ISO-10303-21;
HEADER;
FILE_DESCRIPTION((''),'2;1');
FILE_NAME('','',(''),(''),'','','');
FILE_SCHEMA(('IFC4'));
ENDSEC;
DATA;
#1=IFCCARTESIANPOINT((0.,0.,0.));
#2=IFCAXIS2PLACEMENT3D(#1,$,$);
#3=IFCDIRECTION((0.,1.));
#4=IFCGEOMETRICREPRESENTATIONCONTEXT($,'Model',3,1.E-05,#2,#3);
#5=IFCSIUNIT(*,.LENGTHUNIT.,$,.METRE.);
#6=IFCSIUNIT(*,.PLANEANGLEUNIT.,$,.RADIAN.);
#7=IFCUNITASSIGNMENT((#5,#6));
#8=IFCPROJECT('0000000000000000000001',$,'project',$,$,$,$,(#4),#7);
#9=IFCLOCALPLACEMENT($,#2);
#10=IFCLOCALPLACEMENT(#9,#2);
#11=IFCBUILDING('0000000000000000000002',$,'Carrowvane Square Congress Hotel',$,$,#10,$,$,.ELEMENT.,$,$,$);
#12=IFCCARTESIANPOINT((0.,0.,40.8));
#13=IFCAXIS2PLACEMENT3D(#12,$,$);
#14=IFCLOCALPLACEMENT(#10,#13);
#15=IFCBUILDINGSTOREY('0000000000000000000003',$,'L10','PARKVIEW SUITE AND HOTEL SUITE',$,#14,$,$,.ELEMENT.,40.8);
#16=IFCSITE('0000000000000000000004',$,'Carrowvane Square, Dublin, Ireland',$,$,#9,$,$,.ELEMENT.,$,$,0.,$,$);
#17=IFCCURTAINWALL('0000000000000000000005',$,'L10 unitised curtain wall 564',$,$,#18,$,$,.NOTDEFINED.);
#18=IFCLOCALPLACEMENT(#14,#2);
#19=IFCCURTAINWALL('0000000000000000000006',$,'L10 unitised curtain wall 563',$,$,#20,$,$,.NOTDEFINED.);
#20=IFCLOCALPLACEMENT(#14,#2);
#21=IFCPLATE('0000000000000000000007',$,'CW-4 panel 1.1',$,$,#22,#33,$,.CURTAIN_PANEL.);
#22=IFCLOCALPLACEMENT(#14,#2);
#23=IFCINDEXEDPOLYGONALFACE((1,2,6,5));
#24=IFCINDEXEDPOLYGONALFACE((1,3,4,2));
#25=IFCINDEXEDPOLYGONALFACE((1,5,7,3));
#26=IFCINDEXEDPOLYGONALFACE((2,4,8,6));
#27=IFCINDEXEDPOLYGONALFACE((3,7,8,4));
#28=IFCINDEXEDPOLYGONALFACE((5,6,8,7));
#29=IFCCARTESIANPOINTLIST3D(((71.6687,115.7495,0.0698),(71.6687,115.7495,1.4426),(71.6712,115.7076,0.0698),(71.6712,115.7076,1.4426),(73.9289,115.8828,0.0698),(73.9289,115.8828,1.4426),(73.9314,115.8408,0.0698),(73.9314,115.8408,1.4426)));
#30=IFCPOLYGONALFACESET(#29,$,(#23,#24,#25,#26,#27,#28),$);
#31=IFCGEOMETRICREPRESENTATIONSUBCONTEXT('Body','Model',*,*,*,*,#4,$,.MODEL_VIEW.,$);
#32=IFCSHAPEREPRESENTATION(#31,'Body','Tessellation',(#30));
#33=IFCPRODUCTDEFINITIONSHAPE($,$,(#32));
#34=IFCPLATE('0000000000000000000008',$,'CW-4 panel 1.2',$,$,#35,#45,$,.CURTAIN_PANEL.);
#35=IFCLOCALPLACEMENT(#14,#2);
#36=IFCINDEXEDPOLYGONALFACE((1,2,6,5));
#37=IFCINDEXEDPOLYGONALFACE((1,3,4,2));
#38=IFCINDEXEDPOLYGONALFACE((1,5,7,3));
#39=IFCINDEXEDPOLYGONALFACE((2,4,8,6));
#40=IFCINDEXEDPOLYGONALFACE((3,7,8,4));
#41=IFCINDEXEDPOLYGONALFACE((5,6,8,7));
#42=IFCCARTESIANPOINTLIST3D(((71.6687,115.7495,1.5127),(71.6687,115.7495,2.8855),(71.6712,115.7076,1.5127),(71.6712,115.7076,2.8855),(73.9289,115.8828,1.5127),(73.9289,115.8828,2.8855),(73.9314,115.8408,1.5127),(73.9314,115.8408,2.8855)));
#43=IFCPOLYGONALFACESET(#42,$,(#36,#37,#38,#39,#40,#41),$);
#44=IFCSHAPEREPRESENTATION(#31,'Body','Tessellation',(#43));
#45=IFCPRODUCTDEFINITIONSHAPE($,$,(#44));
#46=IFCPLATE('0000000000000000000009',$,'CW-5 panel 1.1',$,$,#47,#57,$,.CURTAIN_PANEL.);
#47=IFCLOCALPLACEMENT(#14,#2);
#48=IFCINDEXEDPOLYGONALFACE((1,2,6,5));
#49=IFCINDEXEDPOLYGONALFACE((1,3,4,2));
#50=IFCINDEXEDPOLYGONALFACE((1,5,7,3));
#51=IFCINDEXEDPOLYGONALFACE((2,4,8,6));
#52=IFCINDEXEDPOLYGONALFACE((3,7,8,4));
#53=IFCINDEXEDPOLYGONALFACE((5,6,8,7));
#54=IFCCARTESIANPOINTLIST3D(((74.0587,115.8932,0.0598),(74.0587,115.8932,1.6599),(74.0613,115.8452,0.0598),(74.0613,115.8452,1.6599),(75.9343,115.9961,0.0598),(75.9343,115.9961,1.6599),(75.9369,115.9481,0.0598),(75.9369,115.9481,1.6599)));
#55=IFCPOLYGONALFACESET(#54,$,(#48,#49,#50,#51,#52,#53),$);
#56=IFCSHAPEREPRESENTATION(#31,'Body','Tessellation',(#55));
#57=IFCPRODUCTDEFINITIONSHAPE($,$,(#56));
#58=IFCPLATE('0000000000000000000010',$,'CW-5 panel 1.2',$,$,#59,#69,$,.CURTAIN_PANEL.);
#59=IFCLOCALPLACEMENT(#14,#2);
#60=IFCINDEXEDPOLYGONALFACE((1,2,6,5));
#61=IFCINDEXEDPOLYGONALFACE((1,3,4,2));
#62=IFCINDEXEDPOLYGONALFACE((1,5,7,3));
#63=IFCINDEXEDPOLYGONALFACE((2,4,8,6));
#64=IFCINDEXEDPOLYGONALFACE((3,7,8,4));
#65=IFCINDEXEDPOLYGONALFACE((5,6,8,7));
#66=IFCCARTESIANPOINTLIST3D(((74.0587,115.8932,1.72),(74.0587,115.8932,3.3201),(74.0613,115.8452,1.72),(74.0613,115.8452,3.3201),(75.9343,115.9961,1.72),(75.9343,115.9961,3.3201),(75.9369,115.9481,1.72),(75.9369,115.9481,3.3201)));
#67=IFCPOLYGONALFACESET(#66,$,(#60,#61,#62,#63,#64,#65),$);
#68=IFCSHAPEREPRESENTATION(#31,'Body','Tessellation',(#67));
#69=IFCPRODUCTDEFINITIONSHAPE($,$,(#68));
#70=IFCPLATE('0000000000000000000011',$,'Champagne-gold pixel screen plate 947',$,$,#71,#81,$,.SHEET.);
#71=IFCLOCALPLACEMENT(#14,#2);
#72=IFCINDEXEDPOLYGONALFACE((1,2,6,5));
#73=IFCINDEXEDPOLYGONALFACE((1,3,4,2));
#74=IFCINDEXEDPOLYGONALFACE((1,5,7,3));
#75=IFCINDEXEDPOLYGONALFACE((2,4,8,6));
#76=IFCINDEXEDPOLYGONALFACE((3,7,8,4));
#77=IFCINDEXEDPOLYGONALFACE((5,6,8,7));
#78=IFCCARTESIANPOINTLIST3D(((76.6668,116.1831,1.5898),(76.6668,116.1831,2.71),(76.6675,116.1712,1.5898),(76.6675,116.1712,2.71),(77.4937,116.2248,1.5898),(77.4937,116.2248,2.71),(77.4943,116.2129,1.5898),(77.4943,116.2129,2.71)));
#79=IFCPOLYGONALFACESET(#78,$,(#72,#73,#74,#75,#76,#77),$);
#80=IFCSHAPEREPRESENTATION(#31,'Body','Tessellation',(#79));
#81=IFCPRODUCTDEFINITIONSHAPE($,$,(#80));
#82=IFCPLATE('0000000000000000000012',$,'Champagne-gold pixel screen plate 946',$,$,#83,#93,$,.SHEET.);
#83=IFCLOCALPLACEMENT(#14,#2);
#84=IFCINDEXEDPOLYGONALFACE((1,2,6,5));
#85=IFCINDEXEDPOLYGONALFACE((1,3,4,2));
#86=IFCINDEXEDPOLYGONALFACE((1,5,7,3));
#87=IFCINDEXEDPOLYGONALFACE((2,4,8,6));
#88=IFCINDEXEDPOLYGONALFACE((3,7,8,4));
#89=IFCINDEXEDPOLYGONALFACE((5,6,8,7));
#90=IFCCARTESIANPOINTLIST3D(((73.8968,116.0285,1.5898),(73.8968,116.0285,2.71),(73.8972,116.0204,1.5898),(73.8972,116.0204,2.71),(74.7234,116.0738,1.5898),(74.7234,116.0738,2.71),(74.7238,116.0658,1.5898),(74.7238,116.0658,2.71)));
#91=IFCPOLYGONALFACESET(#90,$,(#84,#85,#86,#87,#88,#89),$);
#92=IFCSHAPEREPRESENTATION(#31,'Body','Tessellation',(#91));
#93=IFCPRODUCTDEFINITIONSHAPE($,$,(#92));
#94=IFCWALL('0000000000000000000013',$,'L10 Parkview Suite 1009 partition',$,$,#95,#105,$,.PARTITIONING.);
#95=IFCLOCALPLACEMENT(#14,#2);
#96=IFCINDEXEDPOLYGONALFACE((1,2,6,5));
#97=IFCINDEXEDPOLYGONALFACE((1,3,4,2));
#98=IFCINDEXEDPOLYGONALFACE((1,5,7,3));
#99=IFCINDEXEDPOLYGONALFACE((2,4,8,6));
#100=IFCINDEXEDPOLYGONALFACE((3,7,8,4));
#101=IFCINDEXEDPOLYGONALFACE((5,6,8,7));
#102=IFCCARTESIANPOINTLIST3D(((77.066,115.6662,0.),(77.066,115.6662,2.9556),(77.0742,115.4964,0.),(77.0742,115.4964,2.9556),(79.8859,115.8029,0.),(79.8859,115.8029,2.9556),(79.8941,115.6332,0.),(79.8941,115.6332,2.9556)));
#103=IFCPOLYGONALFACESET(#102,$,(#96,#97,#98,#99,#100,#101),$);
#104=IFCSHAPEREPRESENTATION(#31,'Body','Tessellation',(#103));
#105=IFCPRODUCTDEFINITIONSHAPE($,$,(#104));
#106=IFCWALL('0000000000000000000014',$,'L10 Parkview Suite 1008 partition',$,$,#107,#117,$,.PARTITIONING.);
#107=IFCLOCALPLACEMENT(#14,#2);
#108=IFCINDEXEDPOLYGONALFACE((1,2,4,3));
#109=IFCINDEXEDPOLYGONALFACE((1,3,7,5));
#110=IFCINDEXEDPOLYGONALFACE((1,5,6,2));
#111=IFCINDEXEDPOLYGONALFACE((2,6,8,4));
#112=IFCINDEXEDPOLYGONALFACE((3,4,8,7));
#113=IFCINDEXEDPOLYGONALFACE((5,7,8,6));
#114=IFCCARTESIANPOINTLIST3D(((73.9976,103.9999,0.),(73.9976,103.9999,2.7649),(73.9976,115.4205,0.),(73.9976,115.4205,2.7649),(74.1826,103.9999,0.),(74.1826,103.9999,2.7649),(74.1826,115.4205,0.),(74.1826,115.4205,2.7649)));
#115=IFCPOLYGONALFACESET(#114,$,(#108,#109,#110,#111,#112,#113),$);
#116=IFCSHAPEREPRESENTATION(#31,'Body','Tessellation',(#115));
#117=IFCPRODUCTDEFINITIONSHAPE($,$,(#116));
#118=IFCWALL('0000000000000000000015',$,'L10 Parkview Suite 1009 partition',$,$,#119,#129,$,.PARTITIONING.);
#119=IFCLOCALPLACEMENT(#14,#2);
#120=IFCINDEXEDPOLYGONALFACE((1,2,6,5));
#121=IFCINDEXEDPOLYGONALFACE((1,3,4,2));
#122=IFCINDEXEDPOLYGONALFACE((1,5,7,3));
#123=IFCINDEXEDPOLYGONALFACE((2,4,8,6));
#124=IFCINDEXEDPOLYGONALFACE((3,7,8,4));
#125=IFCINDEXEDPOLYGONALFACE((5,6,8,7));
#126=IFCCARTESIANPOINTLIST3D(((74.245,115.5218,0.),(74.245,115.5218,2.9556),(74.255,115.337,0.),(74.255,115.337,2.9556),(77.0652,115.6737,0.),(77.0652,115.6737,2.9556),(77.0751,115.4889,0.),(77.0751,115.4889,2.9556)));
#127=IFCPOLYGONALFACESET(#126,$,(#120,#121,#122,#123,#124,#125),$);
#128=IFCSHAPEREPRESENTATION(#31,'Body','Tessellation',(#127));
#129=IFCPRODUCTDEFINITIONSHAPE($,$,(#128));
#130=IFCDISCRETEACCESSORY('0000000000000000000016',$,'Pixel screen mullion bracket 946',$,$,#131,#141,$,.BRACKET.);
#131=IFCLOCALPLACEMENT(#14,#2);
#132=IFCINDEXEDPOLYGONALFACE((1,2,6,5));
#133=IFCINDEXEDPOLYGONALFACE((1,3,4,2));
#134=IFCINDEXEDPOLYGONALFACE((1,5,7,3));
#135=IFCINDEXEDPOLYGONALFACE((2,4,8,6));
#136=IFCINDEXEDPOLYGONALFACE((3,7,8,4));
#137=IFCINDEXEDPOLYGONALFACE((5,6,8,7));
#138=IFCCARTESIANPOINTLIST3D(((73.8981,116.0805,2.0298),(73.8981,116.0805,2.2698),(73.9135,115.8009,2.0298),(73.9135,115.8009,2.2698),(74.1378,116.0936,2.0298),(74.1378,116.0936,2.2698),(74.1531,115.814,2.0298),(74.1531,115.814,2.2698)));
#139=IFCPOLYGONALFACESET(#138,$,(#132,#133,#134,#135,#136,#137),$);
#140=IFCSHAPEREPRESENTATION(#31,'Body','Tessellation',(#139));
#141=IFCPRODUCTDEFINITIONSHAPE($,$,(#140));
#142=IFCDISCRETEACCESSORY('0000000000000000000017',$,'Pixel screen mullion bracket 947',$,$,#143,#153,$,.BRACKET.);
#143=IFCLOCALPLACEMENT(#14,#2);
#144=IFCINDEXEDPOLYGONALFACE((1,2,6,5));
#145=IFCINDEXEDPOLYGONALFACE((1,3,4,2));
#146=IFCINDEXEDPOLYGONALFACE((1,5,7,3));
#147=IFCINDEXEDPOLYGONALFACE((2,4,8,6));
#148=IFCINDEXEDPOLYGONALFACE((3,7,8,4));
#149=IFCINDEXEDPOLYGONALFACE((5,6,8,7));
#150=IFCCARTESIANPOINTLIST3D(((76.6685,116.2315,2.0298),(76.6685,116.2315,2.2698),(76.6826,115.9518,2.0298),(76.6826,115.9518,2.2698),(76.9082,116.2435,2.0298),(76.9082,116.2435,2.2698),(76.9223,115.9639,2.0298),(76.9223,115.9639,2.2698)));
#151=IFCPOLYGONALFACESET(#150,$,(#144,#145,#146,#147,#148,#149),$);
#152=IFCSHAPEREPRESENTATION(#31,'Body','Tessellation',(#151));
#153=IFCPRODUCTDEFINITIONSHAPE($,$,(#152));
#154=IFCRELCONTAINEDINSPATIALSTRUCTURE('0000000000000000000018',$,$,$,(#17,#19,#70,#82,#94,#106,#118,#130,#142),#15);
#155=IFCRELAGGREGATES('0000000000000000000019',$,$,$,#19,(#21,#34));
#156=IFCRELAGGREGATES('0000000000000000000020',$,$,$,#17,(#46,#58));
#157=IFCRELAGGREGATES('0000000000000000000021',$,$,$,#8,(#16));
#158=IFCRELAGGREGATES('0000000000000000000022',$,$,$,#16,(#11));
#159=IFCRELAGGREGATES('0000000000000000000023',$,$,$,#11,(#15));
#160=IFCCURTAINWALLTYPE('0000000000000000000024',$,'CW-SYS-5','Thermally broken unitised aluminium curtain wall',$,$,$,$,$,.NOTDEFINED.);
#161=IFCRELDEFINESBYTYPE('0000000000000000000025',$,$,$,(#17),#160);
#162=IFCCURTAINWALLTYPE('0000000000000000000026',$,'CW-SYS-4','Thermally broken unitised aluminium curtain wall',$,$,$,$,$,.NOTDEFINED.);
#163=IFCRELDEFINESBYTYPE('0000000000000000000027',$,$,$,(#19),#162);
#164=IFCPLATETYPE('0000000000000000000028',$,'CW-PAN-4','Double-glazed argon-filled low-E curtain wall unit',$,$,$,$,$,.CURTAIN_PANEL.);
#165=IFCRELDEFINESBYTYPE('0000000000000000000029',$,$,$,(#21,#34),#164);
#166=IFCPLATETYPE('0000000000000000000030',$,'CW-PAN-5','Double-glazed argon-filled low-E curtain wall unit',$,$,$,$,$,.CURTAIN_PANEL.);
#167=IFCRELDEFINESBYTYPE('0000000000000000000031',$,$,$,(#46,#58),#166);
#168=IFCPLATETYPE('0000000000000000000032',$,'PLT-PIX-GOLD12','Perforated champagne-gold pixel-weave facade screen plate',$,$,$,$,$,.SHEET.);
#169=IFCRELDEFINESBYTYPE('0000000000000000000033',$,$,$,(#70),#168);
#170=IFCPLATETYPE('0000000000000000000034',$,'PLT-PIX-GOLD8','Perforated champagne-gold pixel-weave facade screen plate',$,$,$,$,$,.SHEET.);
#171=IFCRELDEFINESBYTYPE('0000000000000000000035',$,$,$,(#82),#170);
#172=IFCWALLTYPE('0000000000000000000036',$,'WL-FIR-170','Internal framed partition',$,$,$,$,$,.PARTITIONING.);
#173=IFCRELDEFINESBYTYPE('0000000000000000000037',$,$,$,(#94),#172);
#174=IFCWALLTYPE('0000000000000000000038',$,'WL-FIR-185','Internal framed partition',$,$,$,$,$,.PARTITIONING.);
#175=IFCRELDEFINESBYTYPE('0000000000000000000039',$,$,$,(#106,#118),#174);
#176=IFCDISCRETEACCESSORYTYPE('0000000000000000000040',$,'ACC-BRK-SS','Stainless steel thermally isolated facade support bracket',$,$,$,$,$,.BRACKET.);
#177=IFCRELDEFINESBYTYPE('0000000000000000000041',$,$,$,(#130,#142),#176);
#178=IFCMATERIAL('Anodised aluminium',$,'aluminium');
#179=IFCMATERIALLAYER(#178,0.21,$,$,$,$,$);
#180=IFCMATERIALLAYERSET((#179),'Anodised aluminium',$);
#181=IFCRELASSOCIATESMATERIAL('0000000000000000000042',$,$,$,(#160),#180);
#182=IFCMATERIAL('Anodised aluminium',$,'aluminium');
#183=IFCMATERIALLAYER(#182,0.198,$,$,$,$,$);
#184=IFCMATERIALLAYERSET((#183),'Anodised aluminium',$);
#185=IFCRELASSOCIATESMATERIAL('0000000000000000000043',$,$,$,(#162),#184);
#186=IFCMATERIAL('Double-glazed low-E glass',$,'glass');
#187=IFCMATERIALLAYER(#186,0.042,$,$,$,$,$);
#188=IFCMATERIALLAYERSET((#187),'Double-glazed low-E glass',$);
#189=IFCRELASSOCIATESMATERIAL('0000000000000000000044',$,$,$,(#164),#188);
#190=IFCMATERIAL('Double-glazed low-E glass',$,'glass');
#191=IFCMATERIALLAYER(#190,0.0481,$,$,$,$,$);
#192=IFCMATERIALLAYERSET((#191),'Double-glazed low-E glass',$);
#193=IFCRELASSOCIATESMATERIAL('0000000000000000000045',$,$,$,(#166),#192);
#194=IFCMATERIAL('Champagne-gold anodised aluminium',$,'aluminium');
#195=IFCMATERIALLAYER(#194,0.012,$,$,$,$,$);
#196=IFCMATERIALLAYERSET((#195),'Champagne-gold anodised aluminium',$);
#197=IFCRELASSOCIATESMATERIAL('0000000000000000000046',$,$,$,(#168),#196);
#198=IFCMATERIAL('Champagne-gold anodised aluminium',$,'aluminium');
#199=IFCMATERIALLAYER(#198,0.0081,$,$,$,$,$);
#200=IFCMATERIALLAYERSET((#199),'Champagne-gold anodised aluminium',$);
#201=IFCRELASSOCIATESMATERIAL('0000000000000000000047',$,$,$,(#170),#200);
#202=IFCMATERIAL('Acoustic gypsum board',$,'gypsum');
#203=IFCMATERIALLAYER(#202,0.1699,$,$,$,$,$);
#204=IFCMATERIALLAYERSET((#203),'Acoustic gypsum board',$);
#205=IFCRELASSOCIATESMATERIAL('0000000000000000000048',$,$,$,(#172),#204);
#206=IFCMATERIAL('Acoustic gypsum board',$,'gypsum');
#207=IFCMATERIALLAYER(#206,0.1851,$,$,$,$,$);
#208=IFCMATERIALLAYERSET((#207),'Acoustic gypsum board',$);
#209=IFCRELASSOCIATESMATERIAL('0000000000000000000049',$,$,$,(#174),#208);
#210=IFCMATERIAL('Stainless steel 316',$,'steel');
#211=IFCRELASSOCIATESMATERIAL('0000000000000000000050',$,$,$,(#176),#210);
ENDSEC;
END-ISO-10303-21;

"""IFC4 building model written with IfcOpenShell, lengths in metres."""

from ifc_helpers import new_model, si_unit, direction, frame, frame_2d, origin, origin_2d, place, context, subcontext, project, spatial, rectangle, extrude, material, layer, layer_set, type_object, element, aggregate, save


model = new_model("IFC4")

# Units and contexts
model_context = context("Model", 3, precision=1e-05, world=origin(), true_north=direction((0.0, 1.0)))
body_context = subcontext(model_context, "Body", "Model", "MODEL_VIEW")
ifc_project = project(units=[si_unit("LENGTHUNIT", "METRE"), si_unit("PLANEANGLEUNIT", "RADIAN")], contexts=[model_context])

# Site, building, storey
site_placement = place(None, origin())
site = spatial("IfcSite", under=ifc_project, at=site_placement, Name="Carrowvane Square, Dublin, Ireland", CompositionType="ELEMENT", RefElevation=0.0)
building_placement = place(site_placement, origin())
building = spatial("IfcBuilding", under=site, at=building_placement, Name="Carrowvane Square Congress Hotel", CompositionType="ELEMENT")
storey_placement = place(building_placement, frame((0.0, 0.0, 40.8)))
storey = spatial("IfcBuildingStorey", under=building, at=storey_placement, Name="L10", Description="PARKVIEW SUITE AND HOTEL SUITE", CompositionType="ELEMENT", Elevation=40.8)

# Curtain wall
ifc_material_1 = material(Name="Anodised aluminium", Category="aluminium")
ifc_layer_1 = layer(ifc_material_1, 0.21)
ifc_layer_set_1 = layer_set([ifc_layer_1], Name="Anodised aluminium")
curtain_wall_type_1 = type_object("IfcCurtainWallType", Name="CW-SYS-5", Description="Thermally broken unitised aluminium curtain wall", PredefinedType="NOTDEFINED", material=ifc_layer_set_1)
curtain_wall_1_placement = place(storey_placement, origin())
curtain_wall_1 = element("IfcCurtainWall", 1, at=curtain_wall_1_placement, inside=storey, type_object=curtain_wall_type_1, Name="L10 unitised curtain wall 564", PredefinedType="NOTDEFINED")

# Curtain wall
ifc_material_2 = material(Name="Anodised aluminium", Category="aluminium")
ifc_layer_2 = layer(ifc_material_2, 0.198)
ifc_layer_set_2 = layer_set([ifc_layer_2], Name="Anodised aluminium")
curtain_wall_type_2 = type_object("IfcCurtainWallType", Name="CW-SYS-4", Description="Thermally broken unitised aluminium curtain wall", PredefinedType="NOTDEFINED", material=ifc_layer_set_2)
curtain_wall_2_placement = place(storey_placement, origin())
curtain_wall_2 = element("IfcCurtainWall", 2, at=curtain_wall_2_placement, inside=storey, type_object=curtain_wall_type_2, Name="L10 unitised curtain wall 563", PredefinedType="NOTDEFINED")

# Plates
ifc_material_3 = material(Name="Double-glazed low-E glass", Category="glass")
ifc_layer_3 = layer(ifc_material_3, 0.042)
ifc_layer_set_3 = layer_set([ifc_layer_3], Name="Double-glazed low-E glass")
plate_type_1 = type_object("IfcPlateType", Name="CW-PAN-4", Description="Double-glazed argon-filled low-E curtain wall unit", PredefinedType="CURTAIN_PANEL", material=ifc_layer_set_3)
plate_1_placement = place(storey_placement, frame((72.8, 115.7952, 0.0698), z_axis=(0.0, 0.0, 1.0), x_axis=(0.998267, 0.058851, 0.0)))
plate_1 = element("IfcPlate", 3, at=plate_1_placement, type_object=plate_type_1, Name="CW-4 panel 1.1", PredefinedType="CURTAIN_PANEL", context=body_context, shape_type="SweptSolid", body=[
    extrude(rectangle(XDim=2.2642, YDim=0.042, at=origin_2d()), origin(), (0.0, 0.0, 1.0), 1.3728),
])
plate_2_placement = place(storey_placement, frame((72.8, 115.7952, 1.5127), z_axis=(0.0, 0.0, 1.0), x_axis=(0.998267, 0.058851, 0.0)))
plate_2 = element("IfcPlate", 4, at=plate_2_placement, type_object=plate_type_1, Name="CW-4 panel 1.2", PredefinedType="CURTAIN_PANEL", context=body_context, shape_type="SweptSolid", body=[
    extrude(rectangle(XDim=2.2642, YDim=0.042, at=origin_2d()), origin(), (0.0, 0.0, 1.0), 1.3728),
])
aggregate(curtain_wall_2, [plate_1, plate_2])
ifc_material_4 = material(Name="Double-glazed low-E glass", Category="glass")
ifc_layer_4 = layer(ifc_material_4, 0.0481)
ifc_layer_set_4 = layer_set([ifc_layer_4], Name="Double-glazed low-E glass")
plate_type_2 = type_object("IfcPlateType", Name="CW-PAN-5", Description="Double-glazed argon-filled low-E curtain wall unit", PredefinedType="CURTAIN_PANEL", material=ifc_layer_set_4)
plate_3_placement = place(storey_placement, frame((74.9978, 115.9207, 0.0598), z_axis=(0.0, 0.0, 1.0), x_axis=(0.998496, 0.054816, 0.0)))
plate_3 = element("IfcPlate", 5, at=plate_3_placement, type_object=plate_type_2, Name="CW-5 panel 1.1", PredefinedType="CURTAIN_PANEL", context=body_context, shape_type="SweptSolid", body=[
    extrude(rectangle(XDim=1.8784, YDim=0.0481, at=origin_2d()), origin(), (0.0, 0.0, 1.0), 1.6001),
])
plate_4_placement = place(storey_placement, frame((74.9978, 115.9207, 1.72), z_axis=(0.0, 0.0, 1.0), x_axis=(0.998496, 0.054816, 0.0)))
plate_4 = element("IfcPlate", 6, at=plate_4_placement, type_object=plate_type_2, Name="CW-5 panel 1.2", PredefinedType="CURTAIN_PANEL", context=body_context, shape_type="SweptSolid", body=[
    extrude(rectangle(XDim=1.8784, YDim=0.0481, at=origin_2d()), origin(), (0.0, 0.0, 1.0), 1.6001),
])
aggregate(curtain_wall_1, [plate_3, plate_4])

# Plates
ifc_material_5 = material(Name="Champagne-gold anodised aluminium", Category="aluminium")
ifc_layer_5 = layer(ifc_material_5, 0.012)
ifc_layer_set_5 = layer_set([ifc_layer_5], Name="Champagne-gold anodised aluminium")
plate_type_3 = type_object("IfcPlateType", Name="PLT-PIX-GOLD12", Description="Perforated champagne-gold pixel-weave facade screen plate", PredefinedType="SHEET", material=ifc_layer_set_5)
plate_5_placement = place(storey_placement, frame((77.0806, 116.198, 1.5898), z_axis=(0.0, 0.0, 1.0), x_axis=(0.998733, 0.050322, 0.0)))
element("IfcPlate", 7, at=plate_5_placement, inside=storey, type_object=plate_type_3, Name="Champagne-gold pixel screen plate 947", PredefinedType="SHEET", context=body_context, shape_type="SweptSolid", body=[
    extrude(rectangle(XDim=0.8279, YDim=0.012, at=origin_2d()), origin(), (0.0, 0.0, 1.0), 1.1201),
])
ifc_material_6 = material(Name="Champagne-gold anodised aluminium", Category="aluminium")
ifc_layer_6 = layer(ifc_material_6, 0.0081)
ifc_layer_set_6 = layer_set([ifc_layer_6], Name="Champagne-gold anodised aluminium")
plate_type_4 = type_object("IfcPlateType", Name="PLT-PIX-GOLD8", Description="Perforated champagne-gold pixel-weave facade screen plate", PredefinedType="SHEET", material=ifc_layer_set_6)
plate_6_placement = place(storey_placement, frame((74.3103, 116.0471, 1.5898), z_axis=(0.0, 0.0, 1.0), x_axis=(0.998497, 0.054815, 0.0)))
element("IfcPlate", 8, at=plate_6_placement, inside=storey, type_object=plate_type_4, Name="Champagne-gold pixel screen plate 946", PredefinedType="SHEET", context=body_context, shape_type="SweptSolid", body=[
    extrude(rectangle(XDim=0.8279, YDim=0.0081, at=origin_2d()), origin(), (0.0, 0.0, 1.0), 1.1201),
])

# Walls
ifc_material_7 = material(Name="Acoustic gypsum board", Category="gypsum")
ifc_layer_7 = layer(ifc_material_7, 0.1699)
ifc_layer_set_7 = layer_set([ifc_layer_7], Name="Acoustic gypsum board")
wall_type_1 = type_object("IfcWallType", Name="WL-FIR-170", Description="Internal framed partition", PredefinedType="PARTITIONING", material=ifc_layer_set_7)
wall_1_placement = place(storey_placement, frame((77.0701, 115.5813, 0.0), z_axis=(0.0, 0.0, 1.0), x_axis=(0.998827, 0.048428, 0.0)))
element("IfcWall", 9, at=wall_1_placement, inside=storey, type_object=wall_type_1, Name="L10 Parkview Suite 1009 partition", PredefinedType="PARTITIONING", context=body_context, shape_type="SweptSolid", body=[
    extrude(rectangle(XDim=2.8232, YDim=0.1699, at=frame_2d((1.4116, 0.0))), origin(), (0.0, 0.0, 1.0), 2.9556),
])
ifc_material_8 = material(Name="Acoustic gypsum board", Category="gypsum")
ifc_layer_8 = layer(ifc_material_8, 0.1851)
ifc_layer_set_8 = layer_set([ifc_layer_8], Name="Acoustic gypsum board")
wall_type_2 = type_object("IfcWallType", Name="WL-FIR-185", Description="Internal framed partition", PredefinedType="PARTITIONING", material=ifc_layer_set_8)
wall_2_placement = place(storey_placement, frame((74.0901, 115.4207, 0.0), z_axis=(0.0, 0.0, 1.0), x_axis=(0.0, -1.0, 0.0)))
element("IfcWall", 10, at=wall_2_placement, inside=storey, type_object=wall_type_2, Name="L10 Parkview Suite 1008 partition", PredefinedType="PARTITIONING", context=body_context, shape_type="SweptSolid", body=[
    extrude(rectangle(XDim=11.4207, YDim=0.1851, at=frame_2d((5.7104, 0.0))), origin(), (0.0, 0.0, 1.0), 2.7649),
])
wall_3_placement = place(storey_placement, frame((74.25, 115.4294, 0.0), z_axis=(0.0, 0.0, 1.0), x_axis=(0.998553, 0.05377, 0.0)))
element("IfcWall", 11, at=wall_3_placement, inside=storey, type_object=wall_type_2, Name="L10 Parkview Suite 1009 partition", PredefinedType="PARTITIONING", context=body_context, shape_type="SweptSolid", body=[
    extrude(rectangle(XDim=2.8242, YDim=0.1851, at=frame_2d((1.4121, 0.0))), origin(), (0.0, 0.0, 1.0), 2.9556),
])

# Discrete accessories
ifc_material_9 = material(Name="Stainless steel 316", Category="steel")
discrete_accessory_type = type_object("IfcDiscreteAccessoryType", Name="ACC-BRK-SS", Description="Stainless steel thermally isolated facade support bracket", PredefinedType="BRACKET", material=ifc_material_9)
for number, where, z_axis, x_axis, name in (
    (12, (74.0256, 115.9473, 2.0298), (0.0, 0.0, 1.0), (0.998497, 0.054815, 0.0), "Pixel screen mullion bracket 946"),
    (13, (76.7954, 116.0977, 2.0298), (0.0, 0.0, 1.0), (0.998733, 0.050322, 0.0), "Pixel screen mullion bracket 947"),
):
    element("IfcDiscreteAccessory", number, at=place(storey_placement, frame(where, z_axis=z_axis, x_axis=x_axis)), inside=storey, type_object=discrete_accessory_type, Name=name, PredefinedType="BRACKET", context=body_context, shape_type="SweptSolid", body=[
        extrude(rectangle(XDim=0.24, YDim=0.28, at=origin_2d()), origin(), (0.0, 0.0, 1.0), 0.24),
    ])

save(model, "model.ifc")
